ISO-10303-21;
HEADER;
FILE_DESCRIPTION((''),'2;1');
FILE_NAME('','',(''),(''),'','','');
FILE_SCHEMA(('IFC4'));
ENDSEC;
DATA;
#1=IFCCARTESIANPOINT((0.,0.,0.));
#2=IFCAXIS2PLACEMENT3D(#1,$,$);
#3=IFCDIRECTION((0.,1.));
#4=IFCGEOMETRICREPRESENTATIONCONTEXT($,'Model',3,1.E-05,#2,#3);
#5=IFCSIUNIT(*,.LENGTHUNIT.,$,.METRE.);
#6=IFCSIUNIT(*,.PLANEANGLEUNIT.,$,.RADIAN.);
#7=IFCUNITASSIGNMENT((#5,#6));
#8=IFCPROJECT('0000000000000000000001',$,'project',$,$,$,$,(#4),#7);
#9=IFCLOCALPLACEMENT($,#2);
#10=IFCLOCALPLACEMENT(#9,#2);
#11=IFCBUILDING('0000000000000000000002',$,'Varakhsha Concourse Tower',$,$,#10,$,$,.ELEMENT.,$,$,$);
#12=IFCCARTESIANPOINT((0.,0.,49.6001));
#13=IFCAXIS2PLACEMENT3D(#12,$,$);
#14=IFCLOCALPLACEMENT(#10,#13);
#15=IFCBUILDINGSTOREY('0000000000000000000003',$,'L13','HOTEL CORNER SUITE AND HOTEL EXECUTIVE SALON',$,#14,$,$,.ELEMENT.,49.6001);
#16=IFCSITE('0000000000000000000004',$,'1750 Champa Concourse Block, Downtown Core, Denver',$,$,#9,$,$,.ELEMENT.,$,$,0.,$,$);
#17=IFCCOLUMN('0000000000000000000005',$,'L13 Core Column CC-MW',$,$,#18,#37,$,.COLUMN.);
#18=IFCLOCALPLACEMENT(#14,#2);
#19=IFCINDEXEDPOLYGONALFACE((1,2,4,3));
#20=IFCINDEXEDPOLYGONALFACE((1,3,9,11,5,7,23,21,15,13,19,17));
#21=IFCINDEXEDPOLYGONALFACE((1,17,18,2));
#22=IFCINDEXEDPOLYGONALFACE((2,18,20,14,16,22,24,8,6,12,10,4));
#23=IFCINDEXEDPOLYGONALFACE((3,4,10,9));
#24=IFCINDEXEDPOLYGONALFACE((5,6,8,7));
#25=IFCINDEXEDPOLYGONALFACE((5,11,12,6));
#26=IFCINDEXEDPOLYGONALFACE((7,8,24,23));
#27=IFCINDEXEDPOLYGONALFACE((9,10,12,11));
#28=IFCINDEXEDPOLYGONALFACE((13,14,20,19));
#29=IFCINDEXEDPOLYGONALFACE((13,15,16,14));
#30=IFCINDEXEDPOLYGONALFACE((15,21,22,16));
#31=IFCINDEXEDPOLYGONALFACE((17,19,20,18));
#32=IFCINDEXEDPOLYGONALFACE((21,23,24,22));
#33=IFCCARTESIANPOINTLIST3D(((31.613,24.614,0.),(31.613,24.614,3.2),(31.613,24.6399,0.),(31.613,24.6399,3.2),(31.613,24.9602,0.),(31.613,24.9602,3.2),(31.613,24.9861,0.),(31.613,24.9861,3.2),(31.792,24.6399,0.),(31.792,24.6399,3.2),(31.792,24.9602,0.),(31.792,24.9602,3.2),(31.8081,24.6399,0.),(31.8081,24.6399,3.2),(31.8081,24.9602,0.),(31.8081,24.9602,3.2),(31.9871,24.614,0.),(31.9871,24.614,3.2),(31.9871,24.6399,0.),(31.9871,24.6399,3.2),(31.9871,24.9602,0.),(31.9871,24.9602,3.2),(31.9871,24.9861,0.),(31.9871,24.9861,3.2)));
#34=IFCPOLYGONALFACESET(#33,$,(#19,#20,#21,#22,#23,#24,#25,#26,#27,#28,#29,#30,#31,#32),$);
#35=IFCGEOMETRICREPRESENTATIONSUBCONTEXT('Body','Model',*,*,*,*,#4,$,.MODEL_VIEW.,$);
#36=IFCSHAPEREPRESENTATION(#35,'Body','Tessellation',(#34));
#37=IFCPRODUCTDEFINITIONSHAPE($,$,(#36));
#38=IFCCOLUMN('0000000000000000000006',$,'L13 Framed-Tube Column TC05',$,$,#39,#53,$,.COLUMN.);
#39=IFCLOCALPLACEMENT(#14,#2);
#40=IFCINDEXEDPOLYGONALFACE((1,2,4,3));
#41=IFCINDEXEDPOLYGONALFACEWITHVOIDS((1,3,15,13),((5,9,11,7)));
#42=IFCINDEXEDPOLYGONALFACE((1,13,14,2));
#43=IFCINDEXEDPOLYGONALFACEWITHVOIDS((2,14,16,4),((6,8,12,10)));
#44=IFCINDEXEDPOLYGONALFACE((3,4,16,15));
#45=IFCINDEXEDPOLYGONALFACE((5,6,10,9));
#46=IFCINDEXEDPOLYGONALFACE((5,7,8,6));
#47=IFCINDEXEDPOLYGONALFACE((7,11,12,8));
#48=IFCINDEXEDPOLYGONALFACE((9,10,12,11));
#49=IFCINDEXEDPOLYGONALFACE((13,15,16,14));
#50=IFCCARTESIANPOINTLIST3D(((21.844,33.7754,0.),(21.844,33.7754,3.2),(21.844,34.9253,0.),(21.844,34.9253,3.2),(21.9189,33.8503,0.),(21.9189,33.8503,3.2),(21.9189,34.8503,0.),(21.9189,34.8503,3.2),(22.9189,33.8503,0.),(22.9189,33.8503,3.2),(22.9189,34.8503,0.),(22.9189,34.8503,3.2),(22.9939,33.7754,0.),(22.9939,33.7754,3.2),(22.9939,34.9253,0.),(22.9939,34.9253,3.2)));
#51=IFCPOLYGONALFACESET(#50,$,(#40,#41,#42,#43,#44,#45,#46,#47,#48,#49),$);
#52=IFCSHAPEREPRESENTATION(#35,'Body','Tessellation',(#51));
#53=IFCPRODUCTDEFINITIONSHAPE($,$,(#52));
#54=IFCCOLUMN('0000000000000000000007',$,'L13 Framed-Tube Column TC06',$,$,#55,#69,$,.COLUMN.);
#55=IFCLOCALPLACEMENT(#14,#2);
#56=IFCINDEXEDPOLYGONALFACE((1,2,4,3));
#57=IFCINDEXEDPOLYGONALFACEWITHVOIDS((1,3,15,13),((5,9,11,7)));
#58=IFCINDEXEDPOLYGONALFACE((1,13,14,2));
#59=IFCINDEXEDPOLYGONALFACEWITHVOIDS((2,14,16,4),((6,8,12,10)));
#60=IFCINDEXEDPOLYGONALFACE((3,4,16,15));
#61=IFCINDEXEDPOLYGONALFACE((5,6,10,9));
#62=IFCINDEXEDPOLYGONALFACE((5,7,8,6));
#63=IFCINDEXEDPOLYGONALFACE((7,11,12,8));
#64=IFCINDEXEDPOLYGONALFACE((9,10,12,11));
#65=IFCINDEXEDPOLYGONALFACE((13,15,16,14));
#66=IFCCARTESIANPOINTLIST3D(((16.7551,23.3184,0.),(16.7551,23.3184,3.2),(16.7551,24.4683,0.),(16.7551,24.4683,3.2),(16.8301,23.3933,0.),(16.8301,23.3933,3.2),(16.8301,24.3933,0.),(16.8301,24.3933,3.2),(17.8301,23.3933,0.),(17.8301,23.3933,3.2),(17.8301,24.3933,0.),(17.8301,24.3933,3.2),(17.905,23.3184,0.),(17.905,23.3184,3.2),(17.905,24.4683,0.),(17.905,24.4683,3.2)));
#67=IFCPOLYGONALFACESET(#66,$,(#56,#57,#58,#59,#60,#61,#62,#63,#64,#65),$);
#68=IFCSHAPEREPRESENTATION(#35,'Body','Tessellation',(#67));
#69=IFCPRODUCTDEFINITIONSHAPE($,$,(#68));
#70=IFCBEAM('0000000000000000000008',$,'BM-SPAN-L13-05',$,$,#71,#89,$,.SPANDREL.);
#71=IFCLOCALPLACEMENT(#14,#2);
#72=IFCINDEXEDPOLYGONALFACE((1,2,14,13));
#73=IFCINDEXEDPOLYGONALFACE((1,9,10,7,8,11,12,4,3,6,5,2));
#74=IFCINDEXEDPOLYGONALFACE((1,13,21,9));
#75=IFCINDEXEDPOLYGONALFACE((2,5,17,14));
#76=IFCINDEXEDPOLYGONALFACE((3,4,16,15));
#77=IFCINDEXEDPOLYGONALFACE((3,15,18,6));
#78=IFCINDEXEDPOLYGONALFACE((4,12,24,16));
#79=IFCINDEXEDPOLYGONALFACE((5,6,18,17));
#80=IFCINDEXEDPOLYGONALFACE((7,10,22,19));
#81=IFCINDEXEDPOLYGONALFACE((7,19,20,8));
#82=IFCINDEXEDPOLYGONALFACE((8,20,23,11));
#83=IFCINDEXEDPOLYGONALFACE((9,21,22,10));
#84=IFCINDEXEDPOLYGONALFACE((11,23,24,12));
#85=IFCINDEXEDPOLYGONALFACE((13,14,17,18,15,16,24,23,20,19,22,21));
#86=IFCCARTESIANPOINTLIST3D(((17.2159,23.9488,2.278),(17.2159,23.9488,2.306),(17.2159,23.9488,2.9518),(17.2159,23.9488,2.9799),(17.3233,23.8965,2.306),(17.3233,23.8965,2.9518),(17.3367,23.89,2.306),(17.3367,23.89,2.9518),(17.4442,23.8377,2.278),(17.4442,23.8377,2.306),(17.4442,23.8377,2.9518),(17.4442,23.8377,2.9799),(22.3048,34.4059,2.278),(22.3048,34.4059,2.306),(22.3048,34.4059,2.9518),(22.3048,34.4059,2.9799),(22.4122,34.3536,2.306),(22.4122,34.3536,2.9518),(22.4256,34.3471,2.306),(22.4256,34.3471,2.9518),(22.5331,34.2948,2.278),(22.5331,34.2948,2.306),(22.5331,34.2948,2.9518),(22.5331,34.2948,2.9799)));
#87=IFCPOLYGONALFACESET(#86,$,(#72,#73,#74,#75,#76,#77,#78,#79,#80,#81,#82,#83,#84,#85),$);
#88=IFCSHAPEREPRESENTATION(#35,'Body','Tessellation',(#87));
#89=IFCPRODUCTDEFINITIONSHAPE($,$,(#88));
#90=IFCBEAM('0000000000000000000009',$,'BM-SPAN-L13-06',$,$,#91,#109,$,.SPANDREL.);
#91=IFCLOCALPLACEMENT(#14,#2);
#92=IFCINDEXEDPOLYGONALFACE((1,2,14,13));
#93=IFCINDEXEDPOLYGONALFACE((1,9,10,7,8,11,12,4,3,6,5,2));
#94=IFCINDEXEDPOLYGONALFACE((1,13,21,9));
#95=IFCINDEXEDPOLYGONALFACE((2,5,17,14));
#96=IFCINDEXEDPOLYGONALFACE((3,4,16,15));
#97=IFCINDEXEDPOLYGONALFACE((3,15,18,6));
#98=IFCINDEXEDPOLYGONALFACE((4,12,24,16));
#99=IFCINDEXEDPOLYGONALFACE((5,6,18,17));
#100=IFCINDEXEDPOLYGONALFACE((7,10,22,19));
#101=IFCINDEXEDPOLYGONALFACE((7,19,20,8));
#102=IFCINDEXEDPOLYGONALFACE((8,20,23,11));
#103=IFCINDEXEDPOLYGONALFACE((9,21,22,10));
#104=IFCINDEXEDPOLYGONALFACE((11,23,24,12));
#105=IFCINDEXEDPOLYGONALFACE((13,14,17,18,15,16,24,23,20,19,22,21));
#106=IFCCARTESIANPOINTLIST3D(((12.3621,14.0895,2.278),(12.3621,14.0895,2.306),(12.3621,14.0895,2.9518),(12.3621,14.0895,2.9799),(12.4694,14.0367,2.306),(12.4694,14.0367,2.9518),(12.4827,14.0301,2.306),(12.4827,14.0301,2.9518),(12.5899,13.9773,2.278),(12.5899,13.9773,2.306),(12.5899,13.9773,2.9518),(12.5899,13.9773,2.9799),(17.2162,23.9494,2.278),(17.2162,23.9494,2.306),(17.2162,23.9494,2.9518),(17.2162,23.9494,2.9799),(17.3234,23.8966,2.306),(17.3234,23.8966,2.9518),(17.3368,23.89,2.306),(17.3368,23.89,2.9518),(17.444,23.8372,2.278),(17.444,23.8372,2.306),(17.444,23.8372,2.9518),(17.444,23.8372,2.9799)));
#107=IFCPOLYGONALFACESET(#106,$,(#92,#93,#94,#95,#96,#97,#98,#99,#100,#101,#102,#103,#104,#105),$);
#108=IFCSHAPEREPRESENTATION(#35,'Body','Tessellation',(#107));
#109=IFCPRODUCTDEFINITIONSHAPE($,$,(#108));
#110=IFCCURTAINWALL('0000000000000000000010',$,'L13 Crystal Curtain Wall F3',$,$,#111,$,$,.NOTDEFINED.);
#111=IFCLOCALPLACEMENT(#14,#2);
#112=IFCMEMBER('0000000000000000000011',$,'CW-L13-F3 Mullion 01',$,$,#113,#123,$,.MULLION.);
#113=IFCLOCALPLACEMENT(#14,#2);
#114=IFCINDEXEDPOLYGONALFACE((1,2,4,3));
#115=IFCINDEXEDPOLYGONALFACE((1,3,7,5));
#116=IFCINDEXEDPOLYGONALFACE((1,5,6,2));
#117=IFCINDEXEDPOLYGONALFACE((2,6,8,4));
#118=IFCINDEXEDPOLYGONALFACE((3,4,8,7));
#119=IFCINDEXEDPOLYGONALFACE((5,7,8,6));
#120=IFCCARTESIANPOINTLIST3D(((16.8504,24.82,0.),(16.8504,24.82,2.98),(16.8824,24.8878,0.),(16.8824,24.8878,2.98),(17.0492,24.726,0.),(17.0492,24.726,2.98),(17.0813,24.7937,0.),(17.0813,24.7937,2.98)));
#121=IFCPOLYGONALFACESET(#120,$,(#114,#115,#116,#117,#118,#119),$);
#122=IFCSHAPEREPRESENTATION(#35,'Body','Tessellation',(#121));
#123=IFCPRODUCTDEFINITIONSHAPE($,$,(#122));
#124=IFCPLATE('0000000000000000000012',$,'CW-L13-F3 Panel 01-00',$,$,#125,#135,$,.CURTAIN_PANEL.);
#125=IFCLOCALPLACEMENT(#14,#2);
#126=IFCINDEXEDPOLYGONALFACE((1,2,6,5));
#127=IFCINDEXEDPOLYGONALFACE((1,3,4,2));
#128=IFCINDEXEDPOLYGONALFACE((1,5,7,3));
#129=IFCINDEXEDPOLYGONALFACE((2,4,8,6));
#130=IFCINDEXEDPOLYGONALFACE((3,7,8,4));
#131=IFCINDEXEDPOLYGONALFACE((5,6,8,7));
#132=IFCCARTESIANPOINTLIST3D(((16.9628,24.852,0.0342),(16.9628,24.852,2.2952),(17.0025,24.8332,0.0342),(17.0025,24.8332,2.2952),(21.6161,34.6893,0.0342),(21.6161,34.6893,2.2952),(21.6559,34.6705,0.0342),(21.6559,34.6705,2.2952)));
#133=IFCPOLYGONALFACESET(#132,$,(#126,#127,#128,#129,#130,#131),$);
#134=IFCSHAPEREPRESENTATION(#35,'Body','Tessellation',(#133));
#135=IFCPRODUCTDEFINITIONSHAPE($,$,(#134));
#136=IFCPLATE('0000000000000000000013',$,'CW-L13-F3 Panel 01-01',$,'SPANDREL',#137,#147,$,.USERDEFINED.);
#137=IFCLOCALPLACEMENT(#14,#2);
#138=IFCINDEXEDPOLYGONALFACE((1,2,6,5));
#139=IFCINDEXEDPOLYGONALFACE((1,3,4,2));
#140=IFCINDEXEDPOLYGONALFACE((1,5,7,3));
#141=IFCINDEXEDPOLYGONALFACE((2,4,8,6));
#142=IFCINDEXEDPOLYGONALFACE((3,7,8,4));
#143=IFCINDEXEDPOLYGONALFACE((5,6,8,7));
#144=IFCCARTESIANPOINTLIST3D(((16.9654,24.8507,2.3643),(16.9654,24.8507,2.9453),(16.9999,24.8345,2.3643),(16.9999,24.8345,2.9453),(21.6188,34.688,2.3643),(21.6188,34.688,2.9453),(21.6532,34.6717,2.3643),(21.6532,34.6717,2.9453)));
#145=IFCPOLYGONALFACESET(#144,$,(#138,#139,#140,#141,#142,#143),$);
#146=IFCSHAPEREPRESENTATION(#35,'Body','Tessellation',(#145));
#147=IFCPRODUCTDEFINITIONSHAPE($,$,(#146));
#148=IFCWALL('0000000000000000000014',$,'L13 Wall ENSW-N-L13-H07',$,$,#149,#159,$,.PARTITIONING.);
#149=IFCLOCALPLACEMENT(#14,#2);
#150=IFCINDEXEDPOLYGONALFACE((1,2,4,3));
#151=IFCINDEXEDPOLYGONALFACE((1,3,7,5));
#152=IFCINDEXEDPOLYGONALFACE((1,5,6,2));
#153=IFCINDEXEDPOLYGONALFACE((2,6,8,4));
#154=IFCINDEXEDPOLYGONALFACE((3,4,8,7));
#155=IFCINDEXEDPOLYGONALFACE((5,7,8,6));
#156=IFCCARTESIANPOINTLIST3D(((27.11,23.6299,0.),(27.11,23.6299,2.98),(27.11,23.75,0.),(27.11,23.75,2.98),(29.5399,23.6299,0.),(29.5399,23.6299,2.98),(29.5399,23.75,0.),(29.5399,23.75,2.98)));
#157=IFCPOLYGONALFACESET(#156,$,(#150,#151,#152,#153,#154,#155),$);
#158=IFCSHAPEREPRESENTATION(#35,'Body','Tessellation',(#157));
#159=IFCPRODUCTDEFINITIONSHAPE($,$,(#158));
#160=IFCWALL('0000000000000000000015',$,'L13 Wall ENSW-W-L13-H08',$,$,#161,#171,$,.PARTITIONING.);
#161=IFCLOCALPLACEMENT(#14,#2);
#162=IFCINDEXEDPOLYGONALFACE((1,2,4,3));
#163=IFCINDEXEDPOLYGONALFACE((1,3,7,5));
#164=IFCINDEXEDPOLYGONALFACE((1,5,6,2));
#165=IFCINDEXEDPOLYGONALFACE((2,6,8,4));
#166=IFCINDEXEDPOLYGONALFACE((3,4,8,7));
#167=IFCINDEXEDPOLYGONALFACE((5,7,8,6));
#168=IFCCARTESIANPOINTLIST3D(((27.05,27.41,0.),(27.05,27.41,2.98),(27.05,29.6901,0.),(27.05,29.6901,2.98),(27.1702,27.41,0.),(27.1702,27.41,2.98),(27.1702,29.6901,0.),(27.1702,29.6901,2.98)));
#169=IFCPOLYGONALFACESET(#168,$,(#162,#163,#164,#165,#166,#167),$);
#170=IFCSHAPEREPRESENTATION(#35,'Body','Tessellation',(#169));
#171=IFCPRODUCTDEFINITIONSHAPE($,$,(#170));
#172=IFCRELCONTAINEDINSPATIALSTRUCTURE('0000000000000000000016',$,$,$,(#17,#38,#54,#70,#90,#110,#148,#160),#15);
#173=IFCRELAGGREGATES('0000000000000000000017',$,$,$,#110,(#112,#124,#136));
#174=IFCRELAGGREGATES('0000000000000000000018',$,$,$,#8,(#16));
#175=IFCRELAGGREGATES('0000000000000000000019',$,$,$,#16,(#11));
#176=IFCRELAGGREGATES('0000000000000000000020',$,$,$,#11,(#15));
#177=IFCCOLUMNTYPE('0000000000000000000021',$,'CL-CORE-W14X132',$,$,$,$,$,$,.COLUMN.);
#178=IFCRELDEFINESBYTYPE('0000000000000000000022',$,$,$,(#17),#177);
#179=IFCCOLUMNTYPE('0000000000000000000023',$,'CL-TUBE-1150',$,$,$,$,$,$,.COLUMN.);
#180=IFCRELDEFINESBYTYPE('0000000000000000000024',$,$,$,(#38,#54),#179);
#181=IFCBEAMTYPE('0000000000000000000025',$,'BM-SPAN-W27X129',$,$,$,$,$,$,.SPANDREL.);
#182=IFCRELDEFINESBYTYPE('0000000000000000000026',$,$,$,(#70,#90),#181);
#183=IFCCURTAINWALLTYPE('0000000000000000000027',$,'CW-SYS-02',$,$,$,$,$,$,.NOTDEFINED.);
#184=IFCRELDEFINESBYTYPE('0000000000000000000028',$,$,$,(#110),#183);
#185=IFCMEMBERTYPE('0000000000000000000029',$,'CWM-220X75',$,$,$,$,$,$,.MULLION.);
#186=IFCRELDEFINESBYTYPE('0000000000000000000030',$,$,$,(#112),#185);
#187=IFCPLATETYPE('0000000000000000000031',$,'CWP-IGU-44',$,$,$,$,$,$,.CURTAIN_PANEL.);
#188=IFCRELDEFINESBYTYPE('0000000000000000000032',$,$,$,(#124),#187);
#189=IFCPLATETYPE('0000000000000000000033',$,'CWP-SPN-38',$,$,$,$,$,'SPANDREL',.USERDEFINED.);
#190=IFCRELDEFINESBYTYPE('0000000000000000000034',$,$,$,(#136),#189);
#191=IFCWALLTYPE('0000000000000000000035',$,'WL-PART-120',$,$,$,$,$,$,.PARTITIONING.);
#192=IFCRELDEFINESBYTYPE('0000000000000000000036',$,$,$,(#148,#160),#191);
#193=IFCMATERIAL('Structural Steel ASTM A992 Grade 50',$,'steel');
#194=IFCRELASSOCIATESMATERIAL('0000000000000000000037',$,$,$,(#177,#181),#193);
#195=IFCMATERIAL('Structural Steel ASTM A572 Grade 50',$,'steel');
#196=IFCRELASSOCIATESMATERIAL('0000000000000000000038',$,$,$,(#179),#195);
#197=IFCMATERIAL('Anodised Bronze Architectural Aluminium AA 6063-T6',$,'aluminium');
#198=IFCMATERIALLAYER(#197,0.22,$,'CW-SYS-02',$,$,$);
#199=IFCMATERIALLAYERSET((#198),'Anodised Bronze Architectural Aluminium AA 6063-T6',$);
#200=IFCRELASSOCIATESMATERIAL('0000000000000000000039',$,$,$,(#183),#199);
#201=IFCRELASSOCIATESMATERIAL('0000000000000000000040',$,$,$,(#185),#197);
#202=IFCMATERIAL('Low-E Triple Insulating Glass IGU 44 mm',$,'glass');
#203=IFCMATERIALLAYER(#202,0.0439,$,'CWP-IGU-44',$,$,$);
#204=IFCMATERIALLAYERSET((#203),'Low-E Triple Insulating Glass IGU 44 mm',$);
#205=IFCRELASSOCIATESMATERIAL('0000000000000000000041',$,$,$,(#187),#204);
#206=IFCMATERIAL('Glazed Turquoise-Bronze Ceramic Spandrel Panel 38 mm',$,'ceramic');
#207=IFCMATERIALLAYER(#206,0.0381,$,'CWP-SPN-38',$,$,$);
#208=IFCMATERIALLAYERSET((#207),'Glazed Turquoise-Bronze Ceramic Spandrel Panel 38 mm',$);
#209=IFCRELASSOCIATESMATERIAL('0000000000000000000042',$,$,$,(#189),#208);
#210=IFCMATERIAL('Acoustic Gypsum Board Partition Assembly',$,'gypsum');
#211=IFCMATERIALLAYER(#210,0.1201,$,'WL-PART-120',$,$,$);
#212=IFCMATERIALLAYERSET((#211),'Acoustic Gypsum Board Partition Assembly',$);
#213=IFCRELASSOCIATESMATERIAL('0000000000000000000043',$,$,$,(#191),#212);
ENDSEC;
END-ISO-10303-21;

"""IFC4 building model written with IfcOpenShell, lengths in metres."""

from ifc_helpers import new_model, si_unit, direction, frame, frame_2d, origin, origin_2d, place, context, subcontext, project, spatial, rectangle, hollow_rectangle, i_section, extrude, source, transform, mapped, material, layer, layer_set, material_profile, profile_set, type_object, type_shapes, element, aggregate, save


model = new_model("IFC4")

# Units and contexts
model_context = context("Model", 3, precision=1e-05, world=origin(), true_north=direction((0.0, 1.0)))
body_context = subcontext(model_context, "Body", "Model", "MODEL_VIEW")
ifc_project = project(units=[si_unit("LENGTHUNIT", "METRE"), si_unit("PLANEANGLEUNIT", "RADIAN")], contexts=[model_context])

# Site, building, storey
site_placement = place(None, origin())
site = spatial("IfcSite", under=ifc_project, at=site_placement, Name="1750 Champa Concourse Block, Downtown Core, Denver", CompositionType="ELEMENT", RefElevation=0.0)
building_placement = place(site_placement, origin())
building = spatial("IfcBuilding", under=site, at=building_placement, Name="Varakhsha Concourse Tower", CompositionType="ELEMENT")
storey_placement = place(building_placement, frame((0.0, 0.0, 49.6001)))
storey = spatial("IfcBuildingStorey", under=building, at=storey_placement, Name="L13", Description="HOTEL CORNER SUITE AND HOTEL EXECUTIVE SALON", CompositionType="ELEMENT", Elevation=49.6001)

# Columns
ifc_material_1 = material(Name="Structural Steel ASTM A992 Grade 50", Category="steel")
ifc_material_profile_1 = material_profile(ifc_material_1, i_section(OverallWidth=0.374, OverallDepth=0.3721, WebThickness=0.0161, FlangeThickness=0.0259, at=origin_2d()), Name="W14X132")
ifc_profile_set_1 = profile_set([ifc_material_profile_1], Name="Structural Steel ASTM A992 Grade 50")
column_type_1 = type_object("IfcColumnType", Name="CL-CORE-W14X132", PredefinedType="COLUMN", material=ifc_profile_set_1)
column_placement = place(storey_placement, frame((31.8, 24.8, 0.0), z_axis=(0.0, 0.0, 1.0), x_axis=(1.0, 0.0, 0.0)))
element("IfcColumn", 1, at=column_placement, inside=storey, type_object=column_type_1, Name="L13 Core Column CC-MW", PredefinedType="COLUMN", context=body_context, shape_type="SweptSolid", body=[
    extrude(i_section(OverallWidth=0.374, OverallDepth=0.3721, WebThickness=0.0161, FlangeThickness=0.0259, at=origin_2d()), origin(), (0.0, 0.0, 1.0), 3.2),
])
ifc_material_2 = material(Name="Structural Steel ASTM A572 Grade 50", Category="steel")
ifc_material_profile_2 = material_profile(ifc_material_2, hollow_rectangle(XDim=1.1499, YDim=1.1499, WallThickness=0.075, at=origin_2d()), Name="BOX 1150x1150x75")
ifc_profile_set_2 = profile_set([ifc_material_profile_2], Name="Structural Steel ASTM A572 Grade 50")
column_type_2 = type_object("IfcColumnType", Name="CL-TUBE-1150", PredefinedType="COLUMN", material=ifc_profile_set_2)
for number, where, z_axis, x_axis, name in (
    (2, (22.4189, 34.3503, 0.0), (0.0, 0.0, 1.0), (1.0, 0.0, 0.0), "L13 Framed-Tube Column TC05"),
    (3, (17.3301, 23.8933, 0.0), (0.0, 0.0, 1.0), (1.0, 0.0, 0.0), "L13 Framed-Tube Column TC06"),
):
    element("IfcColumn", number, at=place(storey_placement, frame(where, z_axis=z_axis, x_axis=x_axis)), inside=storey, type_object=column_type_2, Name=name, PredefinedType="COLUMN", context=body_context, shape_type="SweptSolid", body=[
        extrude(hollow_rectangle(XDim=1.1499, YDim=1.1499, WallThickness=0.075, at=origin_2d()), origin(), (0.0, 0.0, 1.0), 3.2),
    ])

# Beams
ifc_material_profile_3 = material_profile(ifc_material_1, i_section(OverallWidth=0.2539, OverallDepth=0.7019, WebThickness=0.0149, FlangeThickness=0.0281, at=origin_2d()), Name="W27X129")
ifc_profile_set_3 = profile_set([ifc_material_profile_3], Name="Structural Steel ASTM A992 Grade 50")
beam_type = type_object("IfcBeamType", Name="BM-SPAN-W27X129", PredefinedType="SPANDREL", material=ifc_profile_set_3)
beam_1_placement = place(storey_placement, frame((22.4189, 34.3503, 2.6289), z_axis=(-0.437581, -0.899179, 0.0), x_axis=(0.899179, -0.437581, 0.0)))
element("IfcBeam", 4, at=beam_1_placement, inside=storey, type_object=beam_type, Name="BM-SPAN-L13-05", PredefinedType="SPANDREL", context=body_context, shape_type="SweptSolid", body=[
    extrude(i_section(OverallWidth=0.2539, OverallDepth=0.7019, WebThickness=0.0149, FlangeThickness=0.0281, at=origin_2d()), origin(), (0.0, 0.0, 1.0), 11.6296),
])
beam_2_placement = place(storey_placement, frame((17.3301, 23.8933, 2.6289), z_axis=(-0.441678, -0.897174, 0.0), x_axis=(0.897174, -0.441678, 0.0)))
element("IfcBeam", 5, at=beam_2_placement, inside=storey, type_object=beam_type, Name="BM-SPAN-L13-06", PredefinedType="SPANDREL", context=body_context, shape_type="SweptSolid", body=[
    extrude(i_section(OverallWidth=0.2539, OverallDepth=0.7019, WebThickness=0.0149, FlangeThickness=0.0281, at=origin_2d()), origin(), (0.0, 0.0, 1.0), 10.99),
])

# Curtain wall, member, plates
ifc_material_3 = material(Name="Anodised Bronze Architectural Aluminium AA 6063-T6", Category="aluminium")
ifc_layer_1 = layer(ifc_material_3, 0.22, Name="CW-SYS-02")
ifc_layer_set_1 = layer_set([ifc_layer_1], Name="Anodised Bronze Architectural Aluminium AA 6063-T6")
curtain_wall_type = type_object("IfcCurtainWallType", Name="CW-SYS-02", PredefinedType="NOTDEFINED", material=ifc_layer_set_1)
curtain_wall_placement = place(storey_placement, origin())
curtain_wall = element("IfcCurtainWall", 6, at=curtain_wall_placement, inside=storey, type_object=curtain_wall_type, Name="L13 Crystal Curtain Wall F3", PredefinedType="NOTDEFINED")
ifc_material_profile_4 = material_profile(ifc_material_3, rectangle(XDim=0.075, YDim=0.22, at=origin_2d()), Name="CWM-220X75")
ifc_profile_set_4 = profile_set([ifc_material_profile_4], Name="Anodised Bronze Architectural Aluminium AA 6063-T6")
member_type = type_object("IfcMemberType", Name="CWM-220X75", PredefinedType="MULLION", material=ifc_profile_set_4)
shared_shape_1 = source(origin(), body_context, "Body", "SweptSolid", [
    extrude(rectangle(XDim=0.075, YDim=0.22, at=origin_2d()), origin(), (0.0, 0.0, 1.0), 2.98),
])
type_shapes(member_type, [shared_shape_1])
member_placement = place(storey_placement, frame((16.9658, 24.8069, 0.0), z_axis=(0.0, 0.0, 1.0), x_axis=(0.427604, 0.903966, 0.0)))
member = element("IfcMember", 7, at=member_placement, type_object=member_type, Name="CW-L13-F3 Mullion 01", PredefinedType="MULLION", context=body_context, shape_type="MappedRepresentation", body=[
    mapped(shared_shape_1, transform((0.0, 0.0, 0.0), scale=1.0)),
])
ifc_material_4 = material(Name="Low-E Triple Insulating Glass IGU 44 mm", Category="glass")
ifc_layer_2 = layer(ifc_material_4, 0.0439, Name="CWP-IGU-44")
ifc_layer_set_2 = layer_set([ifc_layer_2], Name="Low-E Triple Insulating Glass IGU 44 mm")
plate_type_1 = type_object("IfcPlateType", Name="CWP-IGU-44", PredefinedType="CURTAIN_PANEL", material=ifc_layer_set_2)
shared_shape_2 = source(origin(), body_context, "Body", "SweptSolid", [
    extrude(rectangle(XDim=10.8823, YDim=0.0439, at=origin_2d()), origin(), (0.0, 0.0, 1.0), 2.261),
])
type_shapes(plate_type_1, [shared_shape_2])
plate_1_placement = place(storey_placement, frame((19.3093, 29.7612, 0.0342), z_axis=(0.0, 0.0, 1.0), x_axis=(0.427604, 0.903966, 0.0)))
plate_1 = element("IfcPlate", 8, at=plate_1_placement, type_object=plate_type_1, Name="CW-L13-F3 Panel 01-00", PredefinedType="CURTAIN_PANEL", context=body_context, shape_type="MappedRepresentation", body=[
    mapped(shared_shape_2, transform((0.0, 0.0, 0.0), scale=1.0)),
])
ifc_material_5 = material(Name="Glazed Turquoise-Bronze Ceramic Spandrel Panel 38 mm", Category="ceramic")
ifc_layer_3 = layer(ifc_material_5, 0.0381, Name="CWP-SPN-38")
ifc_layer_set_3 = layer_set([ifc_layer_3], Name="Glazed Turquoise-Bronze Ceramic Spandrel Panel 38 mm")
plate_type_2 = type_object("IfcPlateType", Name="CWP-SPN-38", ElementType="SPANDREL", PredefinedType="USERDEFINED", material=ifc_layer_set_3)
shared_shape_3 = source(origin(), body_context, "Body", "SweptSolid", [
    extrude(rectangle(XDim=10.8823, YDim=0.0381, at=origin_2d()), origin(), (0.0, 0.0, 1.0), 0.5811),
])
type_shapes(plate_type_2, [shared_shape_3])
plate_2_placement = place(storey_placement, frame((19.3093, 29.7612, 2.3643), z_axis=(0.0, 0.0, 1.0), x_axis=(0.427604, 0.903966, 0.0)))
plate_2 = element("IfcPlate", 9, at=plate_2_placement, type_object=plate_type_2, Name="CW-L13-F3 Panel 01-01", ObjectType="SPANDREL", PredefinedType="USERDEFINED", context=body_context, shape_type="MappedRepresentation", body=[
    mapped(shared_shape_3, transform((0.0, 0.0, 0.0), scale=1.0)),
])
aggregate(curtain_wall, [member, plate_1, plate_2])

# Walls
ifc_material_6 = material(Name="Acoustic Gypsum Board Partition Assembly", Category="gypsum")
ifc_layer_4 = layer(ifc_material_6, 0.1201, Name="WL-PART-120")
ifc_layer_set_4 = layer_set([ifc_layer_4], Name="Acoustic Gypsum Board Partition Assembly")
wall_type_1 = type_object("IfcWallType", Name="WL-PART-120", PredefinedType="PARTITIONING", material=ifc_layer_set_4)
wall_1_placement = place(storey_placement, frame((27.1101, 23.6899, 0.0), z_axis=(0.0, 0.0, 1.0), x_axis=(1.0, 0.0, 0.0)))
element("IfcWall", 10, at=wall_1_placement, inside=storey, type_object=wall_type_1, Name="L13 Wall ENSW-N-L13-H07", PredefinedType="PARTITIONING", context=body_context, shape_type="SweptSolid", body=[
    extrude(rectangle(XDim=2.4299, YDim=0.1201, at=frame_2d((1.2148, 0.0))), origin(), (0.0, 0.0, 1.0), 2.98),
])
wall_2_placement = place(storey_placement, frame((27.1101, 27.4099, 0.0), z_axis=(0.0, 0.0, 1.0), x_axis=(0.0, 1.0, 0.0)))
element("IfcWall", 11, at=wall_2_placement, inside=storey, type_object=wall_type_1, Name="L13 Wall ENSW-W-L13-H08", PredefinedType="PARTITIONING", context=body_context, shape_type="SweptSolid", body=[
    extrude(rectangle(XDim=2.28, YDim=0.1201, at=frame_2d((1.1401, 0.0))), origin(), (0.0, 0.0, 1.0), 2.98),
])

save(model, "model.ifc")
